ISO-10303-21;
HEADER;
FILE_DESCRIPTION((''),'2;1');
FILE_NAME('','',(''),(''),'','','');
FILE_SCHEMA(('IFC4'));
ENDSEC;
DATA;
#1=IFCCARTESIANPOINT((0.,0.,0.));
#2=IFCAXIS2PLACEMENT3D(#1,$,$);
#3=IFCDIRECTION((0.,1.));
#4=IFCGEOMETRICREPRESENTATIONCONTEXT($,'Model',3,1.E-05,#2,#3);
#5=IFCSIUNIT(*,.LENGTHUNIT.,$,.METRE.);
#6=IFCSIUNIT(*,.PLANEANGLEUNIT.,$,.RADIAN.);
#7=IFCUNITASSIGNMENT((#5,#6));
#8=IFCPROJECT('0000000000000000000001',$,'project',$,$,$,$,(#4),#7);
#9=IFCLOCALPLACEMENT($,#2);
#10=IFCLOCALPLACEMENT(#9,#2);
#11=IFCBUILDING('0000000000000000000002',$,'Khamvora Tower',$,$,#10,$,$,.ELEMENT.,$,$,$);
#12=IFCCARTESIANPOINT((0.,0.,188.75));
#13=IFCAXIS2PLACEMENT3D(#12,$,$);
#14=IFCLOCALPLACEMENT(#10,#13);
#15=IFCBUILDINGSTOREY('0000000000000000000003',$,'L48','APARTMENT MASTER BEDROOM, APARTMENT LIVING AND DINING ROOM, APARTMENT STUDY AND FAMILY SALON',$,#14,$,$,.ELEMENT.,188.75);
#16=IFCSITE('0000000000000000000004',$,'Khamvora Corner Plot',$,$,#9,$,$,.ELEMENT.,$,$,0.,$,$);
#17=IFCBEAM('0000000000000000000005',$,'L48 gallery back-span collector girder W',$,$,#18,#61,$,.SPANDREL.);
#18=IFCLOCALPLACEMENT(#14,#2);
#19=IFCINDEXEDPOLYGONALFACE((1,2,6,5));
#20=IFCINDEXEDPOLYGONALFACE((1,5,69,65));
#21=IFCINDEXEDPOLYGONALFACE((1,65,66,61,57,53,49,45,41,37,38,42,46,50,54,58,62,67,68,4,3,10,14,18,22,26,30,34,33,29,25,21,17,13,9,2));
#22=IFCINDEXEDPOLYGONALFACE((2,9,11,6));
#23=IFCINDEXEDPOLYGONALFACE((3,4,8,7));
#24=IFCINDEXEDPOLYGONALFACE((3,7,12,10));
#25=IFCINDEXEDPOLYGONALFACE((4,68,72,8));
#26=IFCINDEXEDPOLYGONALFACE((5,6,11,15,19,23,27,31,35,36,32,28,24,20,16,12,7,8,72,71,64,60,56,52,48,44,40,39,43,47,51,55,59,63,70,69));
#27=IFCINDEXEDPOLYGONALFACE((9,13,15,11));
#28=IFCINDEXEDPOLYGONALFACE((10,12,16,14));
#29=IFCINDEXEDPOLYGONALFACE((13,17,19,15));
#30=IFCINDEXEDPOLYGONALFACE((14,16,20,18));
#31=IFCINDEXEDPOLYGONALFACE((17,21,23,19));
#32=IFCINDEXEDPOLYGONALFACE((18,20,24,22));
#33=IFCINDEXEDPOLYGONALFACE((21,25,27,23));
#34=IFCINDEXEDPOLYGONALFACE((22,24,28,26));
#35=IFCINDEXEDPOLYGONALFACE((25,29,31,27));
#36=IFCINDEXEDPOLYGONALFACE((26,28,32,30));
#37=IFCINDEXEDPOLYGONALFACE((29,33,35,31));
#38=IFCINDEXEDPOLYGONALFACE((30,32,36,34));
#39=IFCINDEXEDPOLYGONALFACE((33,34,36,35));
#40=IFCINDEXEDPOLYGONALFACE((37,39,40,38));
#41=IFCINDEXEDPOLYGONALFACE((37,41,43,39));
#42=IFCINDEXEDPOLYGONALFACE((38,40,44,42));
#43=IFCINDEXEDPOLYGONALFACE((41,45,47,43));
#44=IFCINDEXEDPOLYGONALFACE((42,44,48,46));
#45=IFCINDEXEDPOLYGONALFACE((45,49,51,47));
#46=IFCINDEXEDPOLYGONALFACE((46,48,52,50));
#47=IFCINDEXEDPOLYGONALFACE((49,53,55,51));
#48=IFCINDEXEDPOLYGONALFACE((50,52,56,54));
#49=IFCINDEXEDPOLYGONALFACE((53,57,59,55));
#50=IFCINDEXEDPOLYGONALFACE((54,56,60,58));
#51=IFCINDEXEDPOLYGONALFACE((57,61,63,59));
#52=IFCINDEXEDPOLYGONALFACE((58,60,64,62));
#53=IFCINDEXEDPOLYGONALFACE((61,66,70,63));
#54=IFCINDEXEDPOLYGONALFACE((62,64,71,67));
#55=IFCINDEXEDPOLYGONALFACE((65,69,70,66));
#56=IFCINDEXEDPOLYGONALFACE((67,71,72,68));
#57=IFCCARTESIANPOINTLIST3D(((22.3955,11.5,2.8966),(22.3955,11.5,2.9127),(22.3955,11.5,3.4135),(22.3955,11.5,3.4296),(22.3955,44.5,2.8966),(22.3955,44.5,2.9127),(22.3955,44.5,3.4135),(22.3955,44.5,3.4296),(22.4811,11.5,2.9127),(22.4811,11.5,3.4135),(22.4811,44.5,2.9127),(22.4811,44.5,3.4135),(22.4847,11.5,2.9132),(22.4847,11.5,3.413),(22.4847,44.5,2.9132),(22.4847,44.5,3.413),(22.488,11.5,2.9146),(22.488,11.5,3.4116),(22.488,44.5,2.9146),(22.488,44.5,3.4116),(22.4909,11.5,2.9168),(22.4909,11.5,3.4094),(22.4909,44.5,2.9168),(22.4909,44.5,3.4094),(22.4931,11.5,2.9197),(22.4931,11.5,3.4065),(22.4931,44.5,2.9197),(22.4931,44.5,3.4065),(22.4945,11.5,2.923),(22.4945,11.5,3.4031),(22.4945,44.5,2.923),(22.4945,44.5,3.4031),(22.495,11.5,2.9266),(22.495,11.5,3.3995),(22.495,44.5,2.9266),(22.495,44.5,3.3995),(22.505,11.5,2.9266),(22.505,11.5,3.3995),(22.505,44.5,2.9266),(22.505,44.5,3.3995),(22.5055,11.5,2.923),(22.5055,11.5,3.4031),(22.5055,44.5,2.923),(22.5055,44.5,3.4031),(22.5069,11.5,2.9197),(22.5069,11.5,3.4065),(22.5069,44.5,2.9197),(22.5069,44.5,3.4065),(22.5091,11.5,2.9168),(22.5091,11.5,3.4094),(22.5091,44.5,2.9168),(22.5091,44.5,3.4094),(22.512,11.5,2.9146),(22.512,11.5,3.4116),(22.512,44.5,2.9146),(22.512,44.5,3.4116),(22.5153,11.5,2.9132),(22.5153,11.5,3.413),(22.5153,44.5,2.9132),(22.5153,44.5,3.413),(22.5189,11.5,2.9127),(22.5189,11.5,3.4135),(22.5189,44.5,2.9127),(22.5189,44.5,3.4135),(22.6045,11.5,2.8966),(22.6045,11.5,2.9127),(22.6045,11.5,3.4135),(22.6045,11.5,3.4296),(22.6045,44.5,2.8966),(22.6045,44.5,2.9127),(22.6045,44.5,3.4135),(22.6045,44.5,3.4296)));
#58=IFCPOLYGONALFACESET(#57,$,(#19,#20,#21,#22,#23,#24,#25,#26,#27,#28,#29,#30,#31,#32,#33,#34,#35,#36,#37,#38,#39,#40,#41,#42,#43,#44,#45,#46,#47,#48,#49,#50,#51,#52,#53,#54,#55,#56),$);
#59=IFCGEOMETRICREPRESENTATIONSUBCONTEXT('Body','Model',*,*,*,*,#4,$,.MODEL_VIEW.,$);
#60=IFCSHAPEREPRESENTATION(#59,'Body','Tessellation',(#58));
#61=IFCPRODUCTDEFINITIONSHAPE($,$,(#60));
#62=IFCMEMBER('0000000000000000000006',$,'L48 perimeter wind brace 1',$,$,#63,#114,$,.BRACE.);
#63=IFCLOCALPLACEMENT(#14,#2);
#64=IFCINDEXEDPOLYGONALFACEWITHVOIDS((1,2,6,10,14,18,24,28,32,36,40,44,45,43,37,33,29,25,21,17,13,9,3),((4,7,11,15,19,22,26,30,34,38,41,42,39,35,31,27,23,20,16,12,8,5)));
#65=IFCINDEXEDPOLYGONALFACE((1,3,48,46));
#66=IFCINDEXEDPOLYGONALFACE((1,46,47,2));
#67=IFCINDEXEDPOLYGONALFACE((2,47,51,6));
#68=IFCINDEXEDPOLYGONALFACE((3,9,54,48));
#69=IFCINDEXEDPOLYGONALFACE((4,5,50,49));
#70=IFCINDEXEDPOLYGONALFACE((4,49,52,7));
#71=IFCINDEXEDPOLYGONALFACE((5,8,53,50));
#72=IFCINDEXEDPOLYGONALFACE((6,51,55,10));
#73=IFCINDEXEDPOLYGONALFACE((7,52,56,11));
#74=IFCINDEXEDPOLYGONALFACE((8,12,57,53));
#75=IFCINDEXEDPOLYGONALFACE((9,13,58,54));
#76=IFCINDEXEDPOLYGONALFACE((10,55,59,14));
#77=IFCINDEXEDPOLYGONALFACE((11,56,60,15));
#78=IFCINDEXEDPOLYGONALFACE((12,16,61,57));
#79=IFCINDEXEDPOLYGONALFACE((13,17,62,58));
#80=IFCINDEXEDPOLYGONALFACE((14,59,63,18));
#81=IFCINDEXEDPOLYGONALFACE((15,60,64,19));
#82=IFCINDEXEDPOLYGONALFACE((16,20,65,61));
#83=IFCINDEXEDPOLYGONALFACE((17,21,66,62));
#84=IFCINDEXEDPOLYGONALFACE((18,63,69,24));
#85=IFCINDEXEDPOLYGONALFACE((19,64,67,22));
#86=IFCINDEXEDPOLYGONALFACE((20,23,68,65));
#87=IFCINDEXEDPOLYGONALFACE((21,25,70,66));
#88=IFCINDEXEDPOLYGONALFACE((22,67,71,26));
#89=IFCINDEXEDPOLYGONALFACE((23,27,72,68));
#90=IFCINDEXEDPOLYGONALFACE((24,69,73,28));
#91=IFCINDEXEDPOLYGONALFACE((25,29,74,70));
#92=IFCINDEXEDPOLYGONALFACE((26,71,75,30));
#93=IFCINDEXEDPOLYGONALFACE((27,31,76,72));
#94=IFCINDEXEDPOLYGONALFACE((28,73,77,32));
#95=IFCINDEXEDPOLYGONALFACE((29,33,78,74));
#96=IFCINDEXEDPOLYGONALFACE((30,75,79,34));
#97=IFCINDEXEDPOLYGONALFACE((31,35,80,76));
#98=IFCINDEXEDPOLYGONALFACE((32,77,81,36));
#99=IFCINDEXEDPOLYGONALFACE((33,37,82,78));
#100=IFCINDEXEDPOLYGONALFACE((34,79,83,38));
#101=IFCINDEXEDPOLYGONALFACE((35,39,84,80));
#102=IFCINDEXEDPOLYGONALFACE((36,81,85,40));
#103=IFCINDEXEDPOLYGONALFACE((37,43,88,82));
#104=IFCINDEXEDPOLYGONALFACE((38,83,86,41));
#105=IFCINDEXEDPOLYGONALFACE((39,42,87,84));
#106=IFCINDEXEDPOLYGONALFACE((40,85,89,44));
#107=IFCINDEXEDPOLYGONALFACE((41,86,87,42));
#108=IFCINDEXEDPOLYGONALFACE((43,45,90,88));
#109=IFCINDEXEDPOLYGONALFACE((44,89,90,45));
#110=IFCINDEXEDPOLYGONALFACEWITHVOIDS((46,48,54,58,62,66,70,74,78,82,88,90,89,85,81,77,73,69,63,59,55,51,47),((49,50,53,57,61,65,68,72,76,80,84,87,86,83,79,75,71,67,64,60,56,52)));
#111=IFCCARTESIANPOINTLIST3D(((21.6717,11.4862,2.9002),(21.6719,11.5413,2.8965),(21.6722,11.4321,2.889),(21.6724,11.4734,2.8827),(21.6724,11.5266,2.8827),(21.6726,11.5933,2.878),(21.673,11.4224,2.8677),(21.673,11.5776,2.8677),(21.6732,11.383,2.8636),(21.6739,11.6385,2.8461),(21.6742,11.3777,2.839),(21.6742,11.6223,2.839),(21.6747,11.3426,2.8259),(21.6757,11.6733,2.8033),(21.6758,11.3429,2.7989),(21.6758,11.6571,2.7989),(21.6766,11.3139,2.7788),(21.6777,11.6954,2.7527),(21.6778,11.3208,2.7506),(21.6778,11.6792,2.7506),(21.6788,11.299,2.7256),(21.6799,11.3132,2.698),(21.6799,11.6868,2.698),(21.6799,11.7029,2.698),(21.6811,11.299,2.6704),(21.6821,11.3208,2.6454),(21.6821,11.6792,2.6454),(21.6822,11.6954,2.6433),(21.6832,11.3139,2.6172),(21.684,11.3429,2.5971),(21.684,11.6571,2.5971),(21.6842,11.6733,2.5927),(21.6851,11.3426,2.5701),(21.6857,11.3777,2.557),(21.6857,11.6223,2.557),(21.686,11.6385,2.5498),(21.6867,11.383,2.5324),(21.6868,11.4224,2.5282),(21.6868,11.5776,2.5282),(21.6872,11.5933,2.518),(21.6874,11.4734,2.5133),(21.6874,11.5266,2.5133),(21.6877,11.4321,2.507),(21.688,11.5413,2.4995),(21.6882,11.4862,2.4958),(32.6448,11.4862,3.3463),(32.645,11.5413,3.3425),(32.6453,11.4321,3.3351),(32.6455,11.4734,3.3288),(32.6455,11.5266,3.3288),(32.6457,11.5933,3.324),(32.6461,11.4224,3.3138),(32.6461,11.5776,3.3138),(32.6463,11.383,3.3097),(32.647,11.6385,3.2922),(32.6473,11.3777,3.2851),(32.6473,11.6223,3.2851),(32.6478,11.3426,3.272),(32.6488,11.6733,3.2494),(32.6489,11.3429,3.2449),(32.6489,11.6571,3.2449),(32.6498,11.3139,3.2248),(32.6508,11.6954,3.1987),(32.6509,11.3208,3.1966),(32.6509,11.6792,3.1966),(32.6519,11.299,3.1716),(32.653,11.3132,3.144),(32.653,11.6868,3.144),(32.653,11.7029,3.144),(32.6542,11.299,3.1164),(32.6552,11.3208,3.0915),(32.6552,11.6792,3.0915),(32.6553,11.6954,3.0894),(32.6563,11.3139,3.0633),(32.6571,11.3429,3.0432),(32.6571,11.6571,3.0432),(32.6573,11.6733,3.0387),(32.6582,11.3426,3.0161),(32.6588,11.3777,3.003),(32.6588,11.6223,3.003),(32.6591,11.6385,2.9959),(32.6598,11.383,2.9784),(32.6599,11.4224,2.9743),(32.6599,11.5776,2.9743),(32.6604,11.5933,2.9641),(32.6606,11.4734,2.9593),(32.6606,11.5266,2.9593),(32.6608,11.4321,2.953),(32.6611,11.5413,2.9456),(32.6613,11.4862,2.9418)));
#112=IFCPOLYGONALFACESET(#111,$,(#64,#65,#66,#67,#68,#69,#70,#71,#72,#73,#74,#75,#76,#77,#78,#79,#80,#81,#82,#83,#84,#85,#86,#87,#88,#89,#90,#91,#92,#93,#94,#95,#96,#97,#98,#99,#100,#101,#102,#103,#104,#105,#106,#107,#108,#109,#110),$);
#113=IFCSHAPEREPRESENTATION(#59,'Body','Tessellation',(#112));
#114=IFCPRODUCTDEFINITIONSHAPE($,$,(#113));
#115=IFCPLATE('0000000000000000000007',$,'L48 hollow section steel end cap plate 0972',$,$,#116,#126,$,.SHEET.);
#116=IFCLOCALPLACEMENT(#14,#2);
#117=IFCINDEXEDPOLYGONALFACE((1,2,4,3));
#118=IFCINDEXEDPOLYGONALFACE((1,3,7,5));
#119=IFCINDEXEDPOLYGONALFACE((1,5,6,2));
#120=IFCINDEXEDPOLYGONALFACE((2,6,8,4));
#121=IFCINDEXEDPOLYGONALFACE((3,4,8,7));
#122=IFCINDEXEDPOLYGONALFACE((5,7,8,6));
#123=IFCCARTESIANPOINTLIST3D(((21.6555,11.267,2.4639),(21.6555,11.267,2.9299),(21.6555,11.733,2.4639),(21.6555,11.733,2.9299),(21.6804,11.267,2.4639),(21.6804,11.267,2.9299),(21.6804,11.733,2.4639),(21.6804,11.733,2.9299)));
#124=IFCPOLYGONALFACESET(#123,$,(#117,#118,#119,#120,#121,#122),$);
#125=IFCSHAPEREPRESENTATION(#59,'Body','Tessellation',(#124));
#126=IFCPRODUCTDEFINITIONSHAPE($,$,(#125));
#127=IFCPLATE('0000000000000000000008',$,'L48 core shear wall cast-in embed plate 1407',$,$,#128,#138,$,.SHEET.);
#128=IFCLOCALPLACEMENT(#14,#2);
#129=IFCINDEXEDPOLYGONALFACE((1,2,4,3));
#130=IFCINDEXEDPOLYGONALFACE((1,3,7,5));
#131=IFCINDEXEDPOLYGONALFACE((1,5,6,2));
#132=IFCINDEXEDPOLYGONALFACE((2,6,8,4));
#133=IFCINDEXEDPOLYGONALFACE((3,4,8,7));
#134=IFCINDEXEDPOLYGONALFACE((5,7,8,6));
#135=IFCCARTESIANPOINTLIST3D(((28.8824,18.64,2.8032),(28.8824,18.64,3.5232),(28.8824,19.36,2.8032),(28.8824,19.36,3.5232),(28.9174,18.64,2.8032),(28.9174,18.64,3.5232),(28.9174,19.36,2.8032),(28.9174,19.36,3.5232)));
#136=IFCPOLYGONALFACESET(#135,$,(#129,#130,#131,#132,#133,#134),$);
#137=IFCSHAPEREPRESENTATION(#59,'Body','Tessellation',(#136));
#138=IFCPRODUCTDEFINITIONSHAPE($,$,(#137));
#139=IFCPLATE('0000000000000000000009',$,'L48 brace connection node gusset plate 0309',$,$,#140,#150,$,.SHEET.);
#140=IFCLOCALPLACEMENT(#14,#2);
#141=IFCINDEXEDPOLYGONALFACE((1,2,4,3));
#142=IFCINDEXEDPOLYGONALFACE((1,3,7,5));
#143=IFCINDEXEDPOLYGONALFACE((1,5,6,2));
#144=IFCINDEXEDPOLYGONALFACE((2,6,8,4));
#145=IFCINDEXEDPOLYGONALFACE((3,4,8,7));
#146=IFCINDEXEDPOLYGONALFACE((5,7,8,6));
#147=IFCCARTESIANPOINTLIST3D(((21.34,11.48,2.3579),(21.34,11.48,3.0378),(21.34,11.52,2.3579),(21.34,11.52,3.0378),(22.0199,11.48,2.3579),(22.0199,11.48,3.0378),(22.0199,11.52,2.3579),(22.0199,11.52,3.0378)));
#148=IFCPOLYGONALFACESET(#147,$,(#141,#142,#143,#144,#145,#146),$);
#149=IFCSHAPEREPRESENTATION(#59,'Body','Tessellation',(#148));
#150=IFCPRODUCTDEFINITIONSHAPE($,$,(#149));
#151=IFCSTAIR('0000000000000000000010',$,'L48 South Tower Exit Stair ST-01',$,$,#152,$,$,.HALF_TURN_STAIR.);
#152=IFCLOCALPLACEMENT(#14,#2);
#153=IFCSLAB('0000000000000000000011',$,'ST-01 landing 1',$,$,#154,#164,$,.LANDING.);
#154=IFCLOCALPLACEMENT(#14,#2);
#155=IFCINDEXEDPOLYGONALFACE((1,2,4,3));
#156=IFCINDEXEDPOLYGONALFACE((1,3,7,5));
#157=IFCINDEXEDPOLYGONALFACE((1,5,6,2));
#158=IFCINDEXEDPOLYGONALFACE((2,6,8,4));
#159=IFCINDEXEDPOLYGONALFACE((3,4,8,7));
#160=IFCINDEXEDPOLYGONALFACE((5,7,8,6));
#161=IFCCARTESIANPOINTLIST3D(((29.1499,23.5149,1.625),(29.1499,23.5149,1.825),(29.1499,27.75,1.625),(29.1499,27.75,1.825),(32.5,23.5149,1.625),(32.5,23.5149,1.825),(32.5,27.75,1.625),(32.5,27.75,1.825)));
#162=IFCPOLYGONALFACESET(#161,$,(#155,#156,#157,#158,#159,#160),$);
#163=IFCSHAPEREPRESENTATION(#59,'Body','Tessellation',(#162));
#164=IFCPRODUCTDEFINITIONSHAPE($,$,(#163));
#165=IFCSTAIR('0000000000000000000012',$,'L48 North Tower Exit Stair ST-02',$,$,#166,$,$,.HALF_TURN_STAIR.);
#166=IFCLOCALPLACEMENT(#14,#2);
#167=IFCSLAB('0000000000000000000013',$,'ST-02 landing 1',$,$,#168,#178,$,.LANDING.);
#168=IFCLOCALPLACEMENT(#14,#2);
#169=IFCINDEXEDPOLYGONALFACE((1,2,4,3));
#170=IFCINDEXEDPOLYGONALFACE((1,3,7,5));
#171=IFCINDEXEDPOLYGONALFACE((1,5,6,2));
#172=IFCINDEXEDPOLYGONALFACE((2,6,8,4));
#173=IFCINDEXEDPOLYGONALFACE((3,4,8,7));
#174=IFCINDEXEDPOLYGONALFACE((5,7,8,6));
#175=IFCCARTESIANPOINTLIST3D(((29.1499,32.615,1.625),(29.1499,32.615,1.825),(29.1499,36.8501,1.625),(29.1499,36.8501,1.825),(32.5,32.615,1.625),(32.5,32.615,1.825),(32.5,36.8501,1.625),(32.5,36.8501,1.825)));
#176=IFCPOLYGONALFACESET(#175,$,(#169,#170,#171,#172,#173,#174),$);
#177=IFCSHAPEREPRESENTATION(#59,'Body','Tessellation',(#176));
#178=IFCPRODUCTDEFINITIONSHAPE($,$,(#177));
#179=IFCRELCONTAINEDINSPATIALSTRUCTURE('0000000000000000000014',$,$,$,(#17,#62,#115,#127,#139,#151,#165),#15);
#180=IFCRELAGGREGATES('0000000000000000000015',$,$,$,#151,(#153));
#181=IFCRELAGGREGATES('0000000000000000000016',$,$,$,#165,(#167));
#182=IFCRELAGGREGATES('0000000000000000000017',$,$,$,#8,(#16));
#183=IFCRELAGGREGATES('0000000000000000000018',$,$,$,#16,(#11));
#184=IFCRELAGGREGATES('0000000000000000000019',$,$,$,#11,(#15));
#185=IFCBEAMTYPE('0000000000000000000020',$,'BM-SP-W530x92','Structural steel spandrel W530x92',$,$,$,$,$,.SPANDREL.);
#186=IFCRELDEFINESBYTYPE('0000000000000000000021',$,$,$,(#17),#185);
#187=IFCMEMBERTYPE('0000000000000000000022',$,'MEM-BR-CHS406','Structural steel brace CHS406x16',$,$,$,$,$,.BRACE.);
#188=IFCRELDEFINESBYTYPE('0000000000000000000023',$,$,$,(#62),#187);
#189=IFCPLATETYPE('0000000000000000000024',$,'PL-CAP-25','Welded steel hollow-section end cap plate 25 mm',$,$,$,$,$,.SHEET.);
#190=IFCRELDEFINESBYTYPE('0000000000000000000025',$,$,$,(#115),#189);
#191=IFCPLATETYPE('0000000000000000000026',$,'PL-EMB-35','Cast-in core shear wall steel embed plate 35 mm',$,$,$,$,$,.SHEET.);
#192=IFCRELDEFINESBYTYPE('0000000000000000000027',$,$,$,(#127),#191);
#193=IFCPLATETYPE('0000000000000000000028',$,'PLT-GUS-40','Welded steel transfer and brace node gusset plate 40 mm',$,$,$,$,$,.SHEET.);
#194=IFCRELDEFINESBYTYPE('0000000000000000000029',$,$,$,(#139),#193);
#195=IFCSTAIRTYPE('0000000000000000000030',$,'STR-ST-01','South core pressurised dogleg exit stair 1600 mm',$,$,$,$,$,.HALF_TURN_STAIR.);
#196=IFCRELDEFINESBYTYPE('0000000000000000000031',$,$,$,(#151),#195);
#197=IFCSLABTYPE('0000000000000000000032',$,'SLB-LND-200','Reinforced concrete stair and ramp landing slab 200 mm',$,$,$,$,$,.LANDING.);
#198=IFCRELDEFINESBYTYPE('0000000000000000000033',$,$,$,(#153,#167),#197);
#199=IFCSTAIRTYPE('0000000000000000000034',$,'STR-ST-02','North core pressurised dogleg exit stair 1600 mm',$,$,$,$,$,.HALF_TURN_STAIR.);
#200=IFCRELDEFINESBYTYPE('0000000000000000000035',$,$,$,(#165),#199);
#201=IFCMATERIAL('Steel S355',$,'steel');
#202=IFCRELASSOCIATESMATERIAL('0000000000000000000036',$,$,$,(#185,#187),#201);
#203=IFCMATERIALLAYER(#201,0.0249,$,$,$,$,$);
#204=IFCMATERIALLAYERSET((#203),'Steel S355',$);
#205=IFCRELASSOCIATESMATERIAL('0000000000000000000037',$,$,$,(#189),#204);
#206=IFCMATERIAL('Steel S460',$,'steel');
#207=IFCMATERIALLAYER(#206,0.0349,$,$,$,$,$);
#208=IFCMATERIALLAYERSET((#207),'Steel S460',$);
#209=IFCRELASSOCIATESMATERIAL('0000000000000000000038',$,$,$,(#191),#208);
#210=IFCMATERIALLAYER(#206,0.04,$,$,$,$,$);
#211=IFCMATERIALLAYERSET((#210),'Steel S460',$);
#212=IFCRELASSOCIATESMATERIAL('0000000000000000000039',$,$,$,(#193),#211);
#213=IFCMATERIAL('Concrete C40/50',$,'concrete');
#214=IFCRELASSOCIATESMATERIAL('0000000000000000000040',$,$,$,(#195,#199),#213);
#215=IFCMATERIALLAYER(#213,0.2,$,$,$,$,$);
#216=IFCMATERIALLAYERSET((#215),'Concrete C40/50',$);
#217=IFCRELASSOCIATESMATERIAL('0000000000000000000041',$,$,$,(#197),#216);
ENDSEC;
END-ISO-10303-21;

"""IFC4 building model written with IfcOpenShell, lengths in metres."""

from ifc_helpers import new_model, si_unit, direction, frame, origin, origin_2d, place, context, subcontext, project, spatial, polyline, rectangle, hollow_circle, i_section, outline, extrude, material, layer, layer_set, material_profile, profile_set, type_object, element, aggregate, save


model = new_model("IFC4")

# Units and contexts
model_context = context("Model", 3, precision=1e-05, world=origin(), true_north=direction((0.0, 1.0)))
body_context = subcontext(model_context, "Body", "Model", "MODEL_VIEW")
ifc_project = project(units=[si_unit("LENGTHUNIT", "METRE"), si_unit("PLANEANGLEUNIT", "RADIAN")], contexts=[model_context])

# Site, building, storey
site_placement = place(None, origin())
site = spatial("IfcSite", under=ifc_project, at=site_placement, Name="Khamvora Corner Plot", CompositionType="ELEMENT", RefElevation=0.0)
building_placement = place(site_placement, origin())
building = spatial("IfcBuilding", under=site, at=building_placement, Name="Khamvora Tower", CompositionType="ELEMENT")
storey_placement = place(building_placement, frame((0.0, 0.0, 188.75)))
storey = spatial("IfcBuildingStorey", under=building, at=storey_placement, Name="L48", Description="APARTMENT MASTER BEDROOM, APARTMENT LIVING AND DINING ROOM, APARTMENT STUDY AND FAMILY SALON", CompositionType="ELEMENT", Elevation=188.75)

# Shared definitions
ifc_material_1 = material(Name="Steel S355", Category="steel")

# Beam
ifc_material_profile_1 = material_profile(ifc_material_1, i_section(OverallWidth=0.209, OverallDepth=0.533, WebThickness=0.01, FlangeThickness=0.0161, FilletRadius=0.0139, at=origin_2d()), Name="W530x92")
ifc_profile_set_1 = profile_set([ifc_material_profile_1], Name="Steel S355")
beam_type_1 = type_object("IfcBeamType", Name="BM-SP-W530x92", Description="Structural steel spandrel W530x92", PredefinedType="SPANDREL", material=ifc_profile_set_1)
beam_1_placement = place(storey_placement, frame((22.5, 11.5, 3.1631), z_axis=(0.0, 1.0, 0.0), x_axis=(-1.0, 0.0, 0.0)))
element("IfcBeam", 1, at=beam_1_placement, inside=storey, type_object=beam_type_1, Name="L48 gallery back-span collector girder W", PredefinedType="SPANDREL", context=body_context, shape_type="SweptSolid", body=[
    extrude(i_section(OverallWidth=0.209, OverallDepth=0.533, WebThickness=0.01, FlangeThickness=0.0161, FilletRadius=0.0139, at=origin_2d()), origin(), (0.0, 0.0, 1.0), 33.0),
])

# Member
ifc_material_profile_2 = material_profile(ifc_material_1, hollow_circle(Radius=0.2029, WallThickness=0.0161, at=origin_2d()), Name="CHS406x16")
ifc_profile_set_2 = profile_set([ifc_material_profile_2], Name="Steel S355")
member_type = type_object("IfcMemberType", Name="MEM-BR-CHS406", Description="Structural steel brace CHS406x16", PredefinedType="BRACE", material=ifc_profile_set_2)
member_placement = place(storey_placement, frame((21.6799, 11.5, 2.698), z_axis=(0.999175, 0.0, 0.040615), x_axis=(0.0, 1.0, 0.0)))
element("IfcMember", 2, at=member_placement, inside=storey, type_object=member_type, Name="L48 perimeter wind brace 1", PredefinedType="BRACE", context=body_context, shape_type="SweptSolid", body=[
    extrude(hollow_circle(Radius=0.2029, WallThickness=0.0161, at=origin_2d()), origin(), (0.0, 0.0, 1.0), 10.9822),
])

# Plates
ifc_layer_1 = layer(ifc_material_1, 0.0249)
ifc_layer_set_1 = layer_set([ifc_layer_1], Name="Steel S355")
plate_type_1 = type_object("IfcPlateType", Name="PL-CAP-25", Description="Welded steel hollow-section end cap plate 25 mm", PredefinedType="SHEET", material=ifc_layer_set_1)
plate_1_placement = place(storey_placement, frame((21.668, 11.5, 2.4639), z_axis=(0.0, 0.0, 1.0), x_axis=(1.0, 0.0, 0.0)))
element("IfcPlate", 3, at=plate_1_placement, inside=storey, type_object=plate_type_1, Name="L48 hollow section steel end cap plate 0972", PredefinedType="SHEET", context=body_context, shape_type="SweptSolid", body=[
    extrude(rectangle(XDim=0.0249, YDim=0.4661, at=origin_2d()), origin(), (0.0, 0.0, 1.0), 0.4661),
])
ifc_material_2 = material(Name="Steel S460", Category="steel")
ifc_layer_2 = layer(ifc_material_2, 0.0349)
ifc_layer_set_2 = layer_set([ifc_layer_2], Name="Steel S460")
plate_type_2 = type_object("IfcPlateType", Name="PL-EMB-35", Description="Cast-in core shear wall steel embed plate 35 mm", PredefinedType="SHEET", material=ifc_layer_set_2)
plate_2_placement = place(storey_placement, frame((28.8999, 19.0, 2.8032), z_axis=(0.0, 0.0, 1.0), x_axis=(1.0, 0.0, 0.0)))
element("IfcPlate", 4, at=plate_2_placement, inside=storey, type_object=plate_type_2, Name="L48 core shear wall cast-in embed plate 1407", PredefinedType="SHEET", context=body_context, shape_type="SweptSolid", body=[
    extrude(rectangle(XDim=0.0349, YDim=0.72, at=origin_2d()), origin(), (0.0, 0.0, 1.0), 0.72),
])
ifc_layer_3 = layer(ifc_material_2, 0.04)
ifc_layer_set_3 = layer_set([ifc_layer_3], Name="Steel S460")
plate_type_3 = type_object("IfcPlateType", Name="PLT-GUS-40", Description="Welded steel transfer and brace node gusset plate 40 mm", PredefinedType="SHEET", material=ifc_layer_set_3)
plate_3_placement = place(storey_placement, frame((21.6799, 11.5, 2.3579), z_axis=(0.0, 0.0, 1.0), x_axis=(1.0, 0.0, 0.0)))
element("IfcPlate", 5, at=plate_3_placement, inside=storey, type_object=plate_type_3, Name="L48 brace connection node gusset plate 0309", PredefinedType="SHEET", context=body_context, shape_type="SweptSolid", body=[
    extrude(rectangle(XDim=0.6799, YDim=0.04, at=origin_2d()), origin(), (0.0, 0.0, 1.0), 0.6799),
])

# Stairs, slabs
ifc_material_3 = material(Name="Concrete C40/50", Category="concrete")
stair_type_1 = type_object("IfcStairType", Name="STR-ST-01", Description="South core pressurised dogleg exit stair 1600 mm", PredefinedType="HALF_TURN_STAIR", material=ifc_material_3)
stair_1_placement = place(storey_placement, origin())
stair_1 = element("IfcStair", 6, at=stair_1_placement, inside=storey, type_object=stair_type_1, Name="L48 South Tower Exit Stair ST-01", PredefinedType="HALF_TURN_STAIR")
ifc_layer_4 = layer(ifc_material_3, 0.2)
ifc_layer_set_4 = layer_set([ifc_layer_4], Name="Concrete C40/50")
slab_type_1 = type_object("IfcSlabType", Name="SLB-LND-200", Description="Reinforced concrete stair and ramp landing slab 200 mm", PredefinedType="LANDING", material=ifc_layer_set_4)
slab_1_placement = place(storey_placement, frame((0.0, 0.0, 1.625)))
slab_1 = element("IfcSlab", 7, at=slab_1_placement, type_object=slab_type_1, Name="ST-01 landing 1", PredefinedType="LANDING", context=body_context, shape_type="SweptSolid", body=[
    extrude(outline(polyline([(32.5, 23.5149), (32.5, 27.75), (29.1499, 27.75), (29.1499, 23.5149), (32.5, 23.5149)])), origin(), (0.0, 0.0, 1.0), 0.2),
])
aggregate(stair_1, [slab_1])
stair_type_2 = type_object("IfcStairType", Name="STR-ST-02", Description="North core pressurised dogleg exit stair 1600 mm", PredefinedType="HALF_TURN_STAIR", material=ifc_material_3)
stair_2_placement = place(storey_placement, origin())
stair_2 = element("IfcStair", 8, at=stair_2_placement, inside=storey, type_object=stair_type_2, Name="L48 North Tower Exit Stair ST-02", PredefinedType="HALF_TURN_STAIR")
slab_2_placement = place(storey_placement, frame((0.0, 0.0, 1.625)))
slab_2 = element("IfcSlab", 9, at=slab_2_placement, type_object=slab_type_1, Name="ST-02 landing 1", PredefinedType="LANDING", context=body_context, shape_type="SweptSolid", body=[
    extrude(outline(polyline([(32.5, 32.615), (32.5, 36.8501), (29.1499, 36.8501), (29.1499, 32.615), (32.5, 32.615)])), origin(), (0.0, 0.0, 1.0), 0.2),
])
aggregate(stair_2, [slab_2])

save(model, "model.ifc")
